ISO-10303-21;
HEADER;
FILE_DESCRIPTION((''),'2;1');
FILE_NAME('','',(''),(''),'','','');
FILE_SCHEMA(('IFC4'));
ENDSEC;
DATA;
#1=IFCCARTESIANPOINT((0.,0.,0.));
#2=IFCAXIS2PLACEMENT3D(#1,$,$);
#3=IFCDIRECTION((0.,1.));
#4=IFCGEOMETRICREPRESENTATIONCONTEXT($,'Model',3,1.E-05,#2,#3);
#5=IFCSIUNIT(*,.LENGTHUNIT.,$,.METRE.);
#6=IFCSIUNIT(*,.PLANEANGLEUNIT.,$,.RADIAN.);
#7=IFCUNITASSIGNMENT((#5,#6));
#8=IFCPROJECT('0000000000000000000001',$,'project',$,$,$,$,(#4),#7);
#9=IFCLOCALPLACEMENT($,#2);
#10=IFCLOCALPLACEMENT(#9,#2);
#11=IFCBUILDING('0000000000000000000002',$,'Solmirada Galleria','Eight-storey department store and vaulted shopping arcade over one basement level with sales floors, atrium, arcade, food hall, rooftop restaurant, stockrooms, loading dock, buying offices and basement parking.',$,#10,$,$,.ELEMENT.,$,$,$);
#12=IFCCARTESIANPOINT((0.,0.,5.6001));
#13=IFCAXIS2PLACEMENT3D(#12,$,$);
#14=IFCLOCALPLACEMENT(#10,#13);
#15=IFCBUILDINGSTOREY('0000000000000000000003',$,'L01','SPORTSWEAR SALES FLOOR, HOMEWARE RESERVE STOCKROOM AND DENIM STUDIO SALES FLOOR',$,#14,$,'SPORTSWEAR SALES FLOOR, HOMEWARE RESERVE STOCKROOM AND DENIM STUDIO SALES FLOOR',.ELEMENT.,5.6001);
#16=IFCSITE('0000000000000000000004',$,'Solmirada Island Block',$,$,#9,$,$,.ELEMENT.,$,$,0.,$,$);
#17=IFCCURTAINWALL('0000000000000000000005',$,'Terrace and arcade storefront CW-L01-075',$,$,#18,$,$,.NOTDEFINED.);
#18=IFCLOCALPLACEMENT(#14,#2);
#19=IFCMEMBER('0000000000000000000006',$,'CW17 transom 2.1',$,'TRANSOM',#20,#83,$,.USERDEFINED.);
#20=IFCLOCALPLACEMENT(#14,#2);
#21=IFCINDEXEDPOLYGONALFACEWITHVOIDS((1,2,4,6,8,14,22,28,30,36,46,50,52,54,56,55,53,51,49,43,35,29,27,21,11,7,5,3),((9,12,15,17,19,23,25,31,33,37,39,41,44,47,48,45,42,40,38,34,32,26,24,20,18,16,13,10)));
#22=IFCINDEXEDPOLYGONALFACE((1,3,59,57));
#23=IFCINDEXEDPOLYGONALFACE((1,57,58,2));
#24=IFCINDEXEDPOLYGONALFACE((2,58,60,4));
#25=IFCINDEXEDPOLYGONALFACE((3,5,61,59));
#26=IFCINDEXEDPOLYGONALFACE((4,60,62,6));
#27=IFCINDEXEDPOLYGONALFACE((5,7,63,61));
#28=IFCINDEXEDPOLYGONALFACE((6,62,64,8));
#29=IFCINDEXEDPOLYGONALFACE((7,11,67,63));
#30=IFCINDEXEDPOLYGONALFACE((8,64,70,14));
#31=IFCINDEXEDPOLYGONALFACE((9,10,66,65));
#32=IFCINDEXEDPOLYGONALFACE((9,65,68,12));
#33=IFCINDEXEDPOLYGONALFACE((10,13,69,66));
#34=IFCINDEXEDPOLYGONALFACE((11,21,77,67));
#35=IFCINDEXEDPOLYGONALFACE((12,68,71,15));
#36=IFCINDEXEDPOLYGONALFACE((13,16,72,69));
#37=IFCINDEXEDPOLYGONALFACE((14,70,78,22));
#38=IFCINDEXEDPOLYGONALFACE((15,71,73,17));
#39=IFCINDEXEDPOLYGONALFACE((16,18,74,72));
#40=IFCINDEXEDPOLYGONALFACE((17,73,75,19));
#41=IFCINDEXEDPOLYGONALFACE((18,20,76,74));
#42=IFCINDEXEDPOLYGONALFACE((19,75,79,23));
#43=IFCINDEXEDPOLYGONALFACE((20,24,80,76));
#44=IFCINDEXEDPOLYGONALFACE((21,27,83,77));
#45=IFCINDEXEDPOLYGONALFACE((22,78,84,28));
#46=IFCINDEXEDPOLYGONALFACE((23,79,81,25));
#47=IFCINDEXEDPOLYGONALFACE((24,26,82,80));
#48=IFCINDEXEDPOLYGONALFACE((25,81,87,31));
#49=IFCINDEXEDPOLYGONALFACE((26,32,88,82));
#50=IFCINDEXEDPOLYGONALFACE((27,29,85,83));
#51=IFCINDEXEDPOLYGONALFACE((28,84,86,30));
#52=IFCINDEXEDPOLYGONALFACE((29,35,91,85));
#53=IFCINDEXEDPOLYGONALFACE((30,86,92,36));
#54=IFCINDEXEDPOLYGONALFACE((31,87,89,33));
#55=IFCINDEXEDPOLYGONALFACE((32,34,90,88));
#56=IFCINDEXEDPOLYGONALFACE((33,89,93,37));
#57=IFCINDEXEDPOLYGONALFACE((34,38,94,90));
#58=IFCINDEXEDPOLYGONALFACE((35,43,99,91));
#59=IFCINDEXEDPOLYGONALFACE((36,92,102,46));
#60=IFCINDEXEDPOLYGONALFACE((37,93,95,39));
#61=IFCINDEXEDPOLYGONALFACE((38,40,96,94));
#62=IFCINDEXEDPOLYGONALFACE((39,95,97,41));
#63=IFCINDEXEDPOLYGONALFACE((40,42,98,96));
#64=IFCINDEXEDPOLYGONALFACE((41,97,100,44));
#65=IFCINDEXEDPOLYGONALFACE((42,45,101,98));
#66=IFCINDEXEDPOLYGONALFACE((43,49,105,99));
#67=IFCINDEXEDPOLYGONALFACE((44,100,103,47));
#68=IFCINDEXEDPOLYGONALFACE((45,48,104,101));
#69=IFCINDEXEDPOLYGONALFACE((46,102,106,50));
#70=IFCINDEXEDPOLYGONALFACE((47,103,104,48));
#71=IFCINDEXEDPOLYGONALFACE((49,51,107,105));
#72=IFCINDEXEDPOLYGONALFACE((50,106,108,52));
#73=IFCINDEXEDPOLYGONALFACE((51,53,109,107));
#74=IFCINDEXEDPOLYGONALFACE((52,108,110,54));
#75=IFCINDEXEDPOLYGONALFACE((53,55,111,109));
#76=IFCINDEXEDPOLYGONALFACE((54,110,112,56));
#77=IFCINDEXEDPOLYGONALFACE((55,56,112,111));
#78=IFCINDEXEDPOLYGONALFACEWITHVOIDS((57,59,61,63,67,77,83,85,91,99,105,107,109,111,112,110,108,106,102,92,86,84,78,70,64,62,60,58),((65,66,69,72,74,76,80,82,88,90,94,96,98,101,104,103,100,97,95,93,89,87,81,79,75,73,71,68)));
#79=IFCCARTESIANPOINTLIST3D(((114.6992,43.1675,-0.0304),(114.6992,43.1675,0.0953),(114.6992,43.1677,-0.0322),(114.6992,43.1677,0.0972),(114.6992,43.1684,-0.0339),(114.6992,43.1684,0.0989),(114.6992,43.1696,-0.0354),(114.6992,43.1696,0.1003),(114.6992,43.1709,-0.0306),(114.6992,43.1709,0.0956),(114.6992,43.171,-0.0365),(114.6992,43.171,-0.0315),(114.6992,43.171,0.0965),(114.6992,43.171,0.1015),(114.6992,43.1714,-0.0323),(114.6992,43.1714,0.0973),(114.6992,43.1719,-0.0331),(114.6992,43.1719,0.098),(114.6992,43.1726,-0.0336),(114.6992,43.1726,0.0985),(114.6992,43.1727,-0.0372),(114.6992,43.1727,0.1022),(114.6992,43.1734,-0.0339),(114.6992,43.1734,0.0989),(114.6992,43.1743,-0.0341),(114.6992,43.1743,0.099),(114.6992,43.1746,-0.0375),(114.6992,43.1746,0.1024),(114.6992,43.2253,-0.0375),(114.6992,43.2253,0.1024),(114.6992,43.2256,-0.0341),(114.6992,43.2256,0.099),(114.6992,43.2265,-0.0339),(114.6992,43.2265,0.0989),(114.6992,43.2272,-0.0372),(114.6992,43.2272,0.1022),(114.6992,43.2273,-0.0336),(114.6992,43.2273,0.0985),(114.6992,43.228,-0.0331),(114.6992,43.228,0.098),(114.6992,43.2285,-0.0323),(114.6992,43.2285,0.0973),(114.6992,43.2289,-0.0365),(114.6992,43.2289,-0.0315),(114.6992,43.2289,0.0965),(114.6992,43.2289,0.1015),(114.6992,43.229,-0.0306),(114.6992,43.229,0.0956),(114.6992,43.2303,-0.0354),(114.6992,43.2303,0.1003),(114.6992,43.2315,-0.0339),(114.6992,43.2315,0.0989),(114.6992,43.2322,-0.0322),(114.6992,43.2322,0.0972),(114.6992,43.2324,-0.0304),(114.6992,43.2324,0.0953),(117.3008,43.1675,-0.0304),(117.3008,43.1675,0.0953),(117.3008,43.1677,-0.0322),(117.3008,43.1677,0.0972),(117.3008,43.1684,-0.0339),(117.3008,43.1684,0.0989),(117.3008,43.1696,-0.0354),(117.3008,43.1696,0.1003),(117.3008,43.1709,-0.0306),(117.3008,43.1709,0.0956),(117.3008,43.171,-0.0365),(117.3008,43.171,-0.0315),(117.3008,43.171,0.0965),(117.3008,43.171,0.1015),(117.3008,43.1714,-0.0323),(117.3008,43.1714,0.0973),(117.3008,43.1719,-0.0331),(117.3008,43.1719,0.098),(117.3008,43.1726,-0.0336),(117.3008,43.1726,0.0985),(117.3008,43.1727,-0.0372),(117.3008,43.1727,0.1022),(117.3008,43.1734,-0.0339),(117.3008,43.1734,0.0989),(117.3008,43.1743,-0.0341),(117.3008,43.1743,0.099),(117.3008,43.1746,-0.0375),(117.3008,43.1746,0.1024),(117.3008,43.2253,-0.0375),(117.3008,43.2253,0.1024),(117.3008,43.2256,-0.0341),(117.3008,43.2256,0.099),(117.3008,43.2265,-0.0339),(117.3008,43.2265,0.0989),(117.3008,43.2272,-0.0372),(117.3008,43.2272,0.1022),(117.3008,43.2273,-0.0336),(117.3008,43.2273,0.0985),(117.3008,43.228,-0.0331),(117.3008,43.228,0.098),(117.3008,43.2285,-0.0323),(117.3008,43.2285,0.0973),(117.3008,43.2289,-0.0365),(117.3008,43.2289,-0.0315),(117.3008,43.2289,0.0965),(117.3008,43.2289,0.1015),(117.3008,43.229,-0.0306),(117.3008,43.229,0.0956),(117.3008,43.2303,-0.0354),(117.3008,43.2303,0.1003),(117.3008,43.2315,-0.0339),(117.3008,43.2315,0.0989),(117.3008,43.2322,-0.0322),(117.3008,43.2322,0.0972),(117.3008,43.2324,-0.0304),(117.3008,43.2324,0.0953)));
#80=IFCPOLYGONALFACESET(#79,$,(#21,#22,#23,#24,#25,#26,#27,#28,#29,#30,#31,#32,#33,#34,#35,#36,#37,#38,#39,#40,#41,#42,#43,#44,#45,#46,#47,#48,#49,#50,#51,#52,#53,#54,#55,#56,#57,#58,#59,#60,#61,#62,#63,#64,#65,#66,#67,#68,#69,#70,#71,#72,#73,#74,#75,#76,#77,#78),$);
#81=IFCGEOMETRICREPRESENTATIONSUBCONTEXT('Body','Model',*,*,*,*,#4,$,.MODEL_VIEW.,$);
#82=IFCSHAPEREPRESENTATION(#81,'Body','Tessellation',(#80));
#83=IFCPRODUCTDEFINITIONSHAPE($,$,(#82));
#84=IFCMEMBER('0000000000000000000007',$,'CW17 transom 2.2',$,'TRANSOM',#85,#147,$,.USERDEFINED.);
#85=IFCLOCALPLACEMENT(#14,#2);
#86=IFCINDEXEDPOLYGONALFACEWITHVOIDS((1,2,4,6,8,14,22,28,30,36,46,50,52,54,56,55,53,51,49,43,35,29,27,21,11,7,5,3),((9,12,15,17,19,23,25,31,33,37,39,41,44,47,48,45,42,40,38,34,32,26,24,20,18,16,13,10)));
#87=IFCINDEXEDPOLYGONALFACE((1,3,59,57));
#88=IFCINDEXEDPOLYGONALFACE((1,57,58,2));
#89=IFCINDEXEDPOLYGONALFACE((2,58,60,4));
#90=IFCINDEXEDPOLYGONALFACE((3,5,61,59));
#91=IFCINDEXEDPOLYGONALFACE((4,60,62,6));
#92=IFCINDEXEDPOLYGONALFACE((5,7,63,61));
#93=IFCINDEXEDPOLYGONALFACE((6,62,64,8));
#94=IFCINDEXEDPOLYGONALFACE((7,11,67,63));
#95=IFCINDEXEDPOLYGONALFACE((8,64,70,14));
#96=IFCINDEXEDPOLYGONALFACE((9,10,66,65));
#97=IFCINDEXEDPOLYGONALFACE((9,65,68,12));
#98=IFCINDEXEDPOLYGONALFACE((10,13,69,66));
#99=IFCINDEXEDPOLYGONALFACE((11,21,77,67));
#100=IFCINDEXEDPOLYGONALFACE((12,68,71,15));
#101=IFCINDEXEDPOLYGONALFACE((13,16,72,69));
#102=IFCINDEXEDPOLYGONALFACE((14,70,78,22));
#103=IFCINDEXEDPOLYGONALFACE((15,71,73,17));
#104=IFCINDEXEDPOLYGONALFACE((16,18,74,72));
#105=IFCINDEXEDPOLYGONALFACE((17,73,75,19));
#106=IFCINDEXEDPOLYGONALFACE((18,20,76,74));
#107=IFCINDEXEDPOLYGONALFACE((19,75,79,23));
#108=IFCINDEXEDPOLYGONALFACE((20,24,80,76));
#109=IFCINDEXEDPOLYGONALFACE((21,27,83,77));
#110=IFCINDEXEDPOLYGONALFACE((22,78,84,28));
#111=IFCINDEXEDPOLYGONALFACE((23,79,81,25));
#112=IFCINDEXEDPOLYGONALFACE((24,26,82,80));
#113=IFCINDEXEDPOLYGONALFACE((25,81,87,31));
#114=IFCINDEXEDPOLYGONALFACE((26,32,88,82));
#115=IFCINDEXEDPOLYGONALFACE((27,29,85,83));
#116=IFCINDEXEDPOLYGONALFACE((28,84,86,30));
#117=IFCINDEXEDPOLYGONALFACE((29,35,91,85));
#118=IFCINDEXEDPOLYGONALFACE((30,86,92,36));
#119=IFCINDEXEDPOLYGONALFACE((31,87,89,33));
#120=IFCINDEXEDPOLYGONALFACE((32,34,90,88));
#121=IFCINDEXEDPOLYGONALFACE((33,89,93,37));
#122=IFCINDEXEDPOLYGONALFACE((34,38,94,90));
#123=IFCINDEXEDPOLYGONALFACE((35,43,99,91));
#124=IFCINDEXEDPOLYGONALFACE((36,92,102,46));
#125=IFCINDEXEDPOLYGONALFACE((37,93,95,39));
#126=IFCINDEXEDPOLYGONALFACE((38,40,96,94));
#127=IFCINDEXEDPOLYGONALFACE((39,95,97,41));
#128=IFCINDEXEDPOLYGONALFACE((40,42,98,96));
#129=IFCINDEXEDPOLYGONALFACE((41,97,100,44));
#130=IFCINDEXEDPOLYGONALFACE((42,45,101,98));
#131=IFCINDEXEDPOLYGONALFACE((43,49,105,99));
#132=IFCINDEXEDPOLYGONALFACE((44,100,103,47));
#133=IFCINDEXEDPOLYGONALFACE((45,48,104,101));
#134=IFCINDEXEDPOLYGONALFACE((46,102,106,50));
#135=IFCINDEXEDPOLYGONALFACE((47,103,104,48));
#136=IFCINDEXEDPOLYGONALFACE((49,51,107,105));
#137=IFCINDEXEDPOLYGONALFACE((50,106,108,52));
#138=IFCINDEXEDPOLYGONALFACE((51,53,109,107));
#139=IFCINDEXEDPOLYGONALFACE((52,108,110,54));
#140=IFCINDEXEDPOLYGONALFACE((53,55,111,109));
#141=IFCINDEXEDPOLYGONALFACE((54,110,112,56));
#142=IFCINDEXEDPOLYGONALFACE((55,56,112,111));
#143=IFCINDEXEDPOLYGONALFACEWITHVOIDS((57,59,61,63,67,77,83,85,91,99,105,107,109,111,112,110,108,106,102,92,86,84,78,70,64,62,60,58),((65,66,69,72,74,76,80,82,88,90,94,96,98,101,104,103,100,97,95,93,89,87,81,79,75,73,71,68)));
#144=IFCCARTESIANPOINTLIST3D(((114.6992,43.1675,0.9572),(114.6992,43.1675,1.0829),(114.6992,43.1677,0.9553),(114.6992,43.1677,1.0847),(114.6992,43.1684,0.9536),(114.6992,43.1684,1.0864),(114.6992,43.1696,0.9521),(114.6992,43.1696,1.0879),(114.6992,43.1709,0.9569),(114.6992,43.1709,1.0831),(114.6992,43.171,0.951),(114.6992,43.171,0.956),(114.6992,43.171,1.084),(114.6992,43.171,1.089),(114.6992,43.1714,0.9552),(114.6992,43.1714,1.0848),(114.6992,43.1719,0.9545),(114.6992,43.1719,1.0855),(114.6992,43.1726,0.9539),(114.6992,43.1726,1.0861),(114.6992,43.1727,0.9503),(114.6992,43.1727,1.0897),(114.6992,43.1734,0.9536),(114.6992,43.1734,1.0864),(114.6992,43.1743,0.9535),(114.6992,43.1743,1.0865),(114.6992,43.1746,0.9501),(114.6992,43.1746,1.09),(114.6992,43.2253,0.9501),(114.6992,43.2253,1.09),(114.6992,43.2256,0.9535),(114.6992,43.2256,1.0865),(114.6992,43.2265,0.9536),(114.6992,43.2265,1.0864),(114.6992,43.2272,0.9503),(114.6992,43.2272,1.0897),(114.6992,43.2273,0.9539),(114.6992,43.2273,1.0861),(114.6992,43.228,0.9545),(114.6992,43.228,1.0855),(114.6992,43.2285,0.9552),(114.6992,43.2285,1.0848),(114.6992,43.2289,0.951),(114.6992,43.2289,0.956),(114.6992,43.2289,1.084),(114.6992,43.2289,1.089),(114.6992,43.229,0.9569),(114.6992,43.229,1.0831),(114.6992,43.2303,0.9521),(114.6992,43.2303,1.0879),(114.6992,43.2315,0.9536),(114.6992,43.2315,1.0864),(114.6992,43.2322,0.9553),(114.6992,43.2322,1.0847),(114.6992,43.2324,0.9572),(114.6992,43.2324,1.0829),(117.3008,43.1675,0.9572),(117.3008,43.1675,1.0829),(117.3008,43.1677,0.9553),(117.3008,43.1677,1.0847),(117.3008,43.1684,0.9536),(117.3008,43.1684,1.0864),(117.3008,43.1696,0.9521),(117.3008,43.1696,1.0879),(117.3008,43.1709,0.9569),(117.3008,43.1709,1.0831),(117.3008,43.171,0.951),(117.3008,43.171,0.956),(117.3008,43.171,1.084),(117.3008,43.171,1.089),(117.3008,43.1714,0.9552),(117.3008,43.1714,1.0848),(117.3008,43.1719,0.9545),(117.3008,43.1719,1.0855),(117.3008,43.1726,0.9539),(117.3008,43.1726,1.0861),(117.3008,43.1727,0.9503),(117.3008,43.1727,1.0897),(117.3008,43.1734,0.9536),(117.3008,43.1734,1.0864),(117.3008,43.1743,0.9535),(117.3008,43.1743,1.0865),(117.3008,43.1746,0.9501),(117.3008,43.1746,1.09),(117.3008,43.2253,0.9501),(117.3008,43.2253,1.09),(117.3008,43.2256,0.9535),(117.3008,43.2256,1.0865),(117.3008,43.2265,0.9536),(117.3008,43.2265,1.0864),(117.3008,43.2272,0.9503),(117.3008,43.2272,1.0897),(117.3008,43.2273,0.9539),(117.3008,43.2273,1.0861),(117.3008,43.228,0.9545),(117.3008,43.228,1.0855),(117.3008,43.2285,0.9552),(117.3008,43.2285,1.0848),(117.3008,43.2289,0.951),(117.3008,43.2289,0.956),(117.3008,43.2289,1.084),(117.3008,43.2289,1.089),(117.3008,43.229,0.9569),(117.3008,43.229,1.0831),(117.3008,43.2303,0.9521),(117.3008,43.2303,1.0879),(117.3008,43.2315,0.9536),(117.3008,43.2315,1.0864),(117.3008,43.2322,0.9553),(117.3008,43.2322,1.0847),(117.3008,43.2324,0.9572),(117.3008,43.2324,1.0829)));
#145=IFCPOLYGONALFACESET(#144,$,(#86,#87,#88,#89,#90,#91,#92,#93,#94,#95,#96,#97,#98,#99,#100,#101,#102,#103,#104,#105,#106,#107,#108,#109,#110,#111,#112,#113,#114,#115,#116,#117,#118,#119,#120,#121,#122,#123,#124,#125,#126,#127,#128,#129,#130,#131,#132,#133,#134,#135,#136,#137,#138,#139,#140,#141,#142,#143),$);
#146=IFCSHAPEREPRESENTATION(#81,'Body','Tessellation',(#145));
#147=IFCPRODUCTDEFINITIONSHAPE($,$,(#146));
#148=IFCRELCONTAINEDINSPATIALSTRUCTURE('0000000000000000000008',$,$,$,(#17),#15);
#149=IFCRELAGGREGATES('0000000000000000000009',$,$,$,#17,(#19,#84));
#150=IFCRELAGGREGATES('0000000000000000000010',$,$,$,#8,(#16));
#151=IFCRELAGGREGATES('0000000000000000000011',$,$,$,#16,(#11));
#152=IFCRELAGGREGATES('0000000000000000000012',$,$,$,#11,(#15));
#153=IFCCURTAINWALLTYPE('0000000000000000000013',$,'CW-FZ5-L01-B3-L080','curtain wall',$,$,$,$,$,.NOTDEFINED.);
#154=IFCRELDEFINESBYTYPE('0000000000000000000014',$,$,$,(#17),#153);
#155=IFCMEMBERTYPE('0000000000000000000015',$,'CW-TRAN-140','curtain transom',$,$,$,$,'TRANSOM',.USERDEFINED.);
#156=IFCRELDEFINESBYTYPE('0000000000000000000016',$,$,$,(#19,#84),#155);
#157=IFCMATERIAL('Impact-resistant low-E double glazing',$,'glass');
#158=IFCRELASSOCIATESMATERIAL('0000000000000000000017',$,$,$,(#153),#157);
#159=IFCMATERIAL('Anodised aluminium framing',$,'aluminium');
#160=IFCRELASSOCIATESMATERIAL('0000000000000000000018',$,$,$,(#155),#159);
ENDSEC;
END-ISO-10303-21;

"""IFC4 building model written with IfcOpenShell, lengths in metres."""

from ifc_helpers import new_model, si_unit, direction, frame, origin, origin_2d, place, context, subcontext, project, spatial, hollow_rectangle, extrude, material, material_profile, profile_set, type_object, element, aggregate, save


model = new_model("IFC4")

# Units and contexts
model_context = context("Model", 3, precision=1e-05, world=origin(), true_north=direction((0.0, 1.0)))
body_context = subcontext(model_context, "Body", "Model", "MODEL_VIEW")
ifc_project = project(units=[si_unit("LENGTHUNIT", "METRE"), si_unit("PLANEANGLEUNIT", "RADIAN")], contexts=[model_context])

# Site, building, storey
site_placement = place(None, origin())
site = spatial("IfcSite", under=ifc_project, at=site_placement, Name="Solmirada Island Block", CompositionType="ELEMENT", RefElevation=0.0)
building_placement = place(site_placement, origin())
building = spatial("IfcBuilding", under=site, at=building_placement, Name="Solmirada Galleria", Description="Eight-storey department store and vaulted shopping arcade over one basement level with sales floors, atrium, arcade, food hall, rooftop restaurant, stockrooms, loading dock, buying offices and basement parking.", CompositionType="ELEMENT")
storey_placement = place(building_placement, frame((0.0, 0.0, 5.6001)))
storey = spatial("IfcBuildingStorey", under=building, at=storey_placement, Name="L01", Description="SPORTSWEAR SALES FLOOR, HOMEWARE RESERVE STOCKROOM AND DENIM STUDIO SALES FLOOR", LongName="SPORTSWEAR SALES FLOOR, HOMEWARE RESERVE STOCKROOM AND DENIM STUDIO SALES FLOOR", CompositionType="ELEMENT", Elevation=5.6001)

# Curtain wall, members
ifc_material_1 = material(Name="Impact-resistant low-E double glazing", Category="glass")
curtain_wall_type = type_object("IfcCurtainWallType", Name="CW-FZ5-L01-B3-L080", Description="curtain wall", PredefinedType="NOTDEFINED", material=ifc_material_1)
curtain_wall_placement = place(storey_placement, origin())
curtain_wall = element("IfcCurtainWall", 1, at=curtain_wall_placement, inside=storey, type_object=curtain_wall_type, Name="Terrace and arcade storefront CW-L01-075", PredefinedType="NOTDEFINED")
ifc_material_2 = material(Name="Anodised aluminium framing", Category="aluminium")
ifc_material_profile_1 = material_profile(ifc_material_2, hollow_rectangle(XDim=0.0649, YDim=0.1399, WallThickness=0.0034, InnerFilletRadius=0.0034, OuterFilletRadius=0.0071, at=origin_2d()), Name="ALU-TRAN-140X65")
ifc_profile_set_1 = profile_set([ifc_material_profile_1], Name="Anodised aluminium framing")
member_type_1 = type_object("IfcMemberType", Name="CW-TRAN-140", Description="curtain transom", ElementType="TRANSOM", PredefinedType="USERDEFINED", material=ifc_profile_set_1)
member_1_placement = place(storey_placement, frame((114.6992, 43.2, 0.0325), z_axis=(1.0, 0.0, 0.0), x_axis=(0.0, 1.0, 0.0)))
member_1 = element("IfcMember", 2, at=member_1_placement, type_object=member_type_1, Name="CW17 transom 2.1", ObjectType="TRANSOM", PredefinedType="USERDEFINED", context=body_context, shape_type="SweptSolid", body=[
    extrude(hollow_rectangle(XDim=0.0649, YDim=0.1399, WallThickness=0.0034, InnerFilletRadius=0.0034, OuterFilletRadius=0.0071, at=origin_2d()), origin(), (0.0, 0.0, 1.0), 2.6016),
])
member_2_placement = place(storey_placement, frame((114.6992, 43.2, 1.02), z_axis=(1.0, 0.0, 0.0), x_axis=(0.0, 1.0, 0.0)))
member_2 = element("IfcMember", 3, at=member_2_placement, type_object=member_type_1, Name="CW17 transom 2.2", ObjectType="TRANSOM", PredefinedType="USERDEFINED", context=body_context, shape_type="SweptSolid", body=[
    extrude(hollow_rectangle(XDim=0.0649, YDim=0.1399, WallThickness=0.0034, InnerFilletRadius=0.0034, OuterFilletRadius=0.0071, at=origin_2d()), origin(), (0.0, 0.0, 1.0), 2.6016),
])
aggregate(curtain_wall, [member_1, member_2])

save(model, "model.ifc")
